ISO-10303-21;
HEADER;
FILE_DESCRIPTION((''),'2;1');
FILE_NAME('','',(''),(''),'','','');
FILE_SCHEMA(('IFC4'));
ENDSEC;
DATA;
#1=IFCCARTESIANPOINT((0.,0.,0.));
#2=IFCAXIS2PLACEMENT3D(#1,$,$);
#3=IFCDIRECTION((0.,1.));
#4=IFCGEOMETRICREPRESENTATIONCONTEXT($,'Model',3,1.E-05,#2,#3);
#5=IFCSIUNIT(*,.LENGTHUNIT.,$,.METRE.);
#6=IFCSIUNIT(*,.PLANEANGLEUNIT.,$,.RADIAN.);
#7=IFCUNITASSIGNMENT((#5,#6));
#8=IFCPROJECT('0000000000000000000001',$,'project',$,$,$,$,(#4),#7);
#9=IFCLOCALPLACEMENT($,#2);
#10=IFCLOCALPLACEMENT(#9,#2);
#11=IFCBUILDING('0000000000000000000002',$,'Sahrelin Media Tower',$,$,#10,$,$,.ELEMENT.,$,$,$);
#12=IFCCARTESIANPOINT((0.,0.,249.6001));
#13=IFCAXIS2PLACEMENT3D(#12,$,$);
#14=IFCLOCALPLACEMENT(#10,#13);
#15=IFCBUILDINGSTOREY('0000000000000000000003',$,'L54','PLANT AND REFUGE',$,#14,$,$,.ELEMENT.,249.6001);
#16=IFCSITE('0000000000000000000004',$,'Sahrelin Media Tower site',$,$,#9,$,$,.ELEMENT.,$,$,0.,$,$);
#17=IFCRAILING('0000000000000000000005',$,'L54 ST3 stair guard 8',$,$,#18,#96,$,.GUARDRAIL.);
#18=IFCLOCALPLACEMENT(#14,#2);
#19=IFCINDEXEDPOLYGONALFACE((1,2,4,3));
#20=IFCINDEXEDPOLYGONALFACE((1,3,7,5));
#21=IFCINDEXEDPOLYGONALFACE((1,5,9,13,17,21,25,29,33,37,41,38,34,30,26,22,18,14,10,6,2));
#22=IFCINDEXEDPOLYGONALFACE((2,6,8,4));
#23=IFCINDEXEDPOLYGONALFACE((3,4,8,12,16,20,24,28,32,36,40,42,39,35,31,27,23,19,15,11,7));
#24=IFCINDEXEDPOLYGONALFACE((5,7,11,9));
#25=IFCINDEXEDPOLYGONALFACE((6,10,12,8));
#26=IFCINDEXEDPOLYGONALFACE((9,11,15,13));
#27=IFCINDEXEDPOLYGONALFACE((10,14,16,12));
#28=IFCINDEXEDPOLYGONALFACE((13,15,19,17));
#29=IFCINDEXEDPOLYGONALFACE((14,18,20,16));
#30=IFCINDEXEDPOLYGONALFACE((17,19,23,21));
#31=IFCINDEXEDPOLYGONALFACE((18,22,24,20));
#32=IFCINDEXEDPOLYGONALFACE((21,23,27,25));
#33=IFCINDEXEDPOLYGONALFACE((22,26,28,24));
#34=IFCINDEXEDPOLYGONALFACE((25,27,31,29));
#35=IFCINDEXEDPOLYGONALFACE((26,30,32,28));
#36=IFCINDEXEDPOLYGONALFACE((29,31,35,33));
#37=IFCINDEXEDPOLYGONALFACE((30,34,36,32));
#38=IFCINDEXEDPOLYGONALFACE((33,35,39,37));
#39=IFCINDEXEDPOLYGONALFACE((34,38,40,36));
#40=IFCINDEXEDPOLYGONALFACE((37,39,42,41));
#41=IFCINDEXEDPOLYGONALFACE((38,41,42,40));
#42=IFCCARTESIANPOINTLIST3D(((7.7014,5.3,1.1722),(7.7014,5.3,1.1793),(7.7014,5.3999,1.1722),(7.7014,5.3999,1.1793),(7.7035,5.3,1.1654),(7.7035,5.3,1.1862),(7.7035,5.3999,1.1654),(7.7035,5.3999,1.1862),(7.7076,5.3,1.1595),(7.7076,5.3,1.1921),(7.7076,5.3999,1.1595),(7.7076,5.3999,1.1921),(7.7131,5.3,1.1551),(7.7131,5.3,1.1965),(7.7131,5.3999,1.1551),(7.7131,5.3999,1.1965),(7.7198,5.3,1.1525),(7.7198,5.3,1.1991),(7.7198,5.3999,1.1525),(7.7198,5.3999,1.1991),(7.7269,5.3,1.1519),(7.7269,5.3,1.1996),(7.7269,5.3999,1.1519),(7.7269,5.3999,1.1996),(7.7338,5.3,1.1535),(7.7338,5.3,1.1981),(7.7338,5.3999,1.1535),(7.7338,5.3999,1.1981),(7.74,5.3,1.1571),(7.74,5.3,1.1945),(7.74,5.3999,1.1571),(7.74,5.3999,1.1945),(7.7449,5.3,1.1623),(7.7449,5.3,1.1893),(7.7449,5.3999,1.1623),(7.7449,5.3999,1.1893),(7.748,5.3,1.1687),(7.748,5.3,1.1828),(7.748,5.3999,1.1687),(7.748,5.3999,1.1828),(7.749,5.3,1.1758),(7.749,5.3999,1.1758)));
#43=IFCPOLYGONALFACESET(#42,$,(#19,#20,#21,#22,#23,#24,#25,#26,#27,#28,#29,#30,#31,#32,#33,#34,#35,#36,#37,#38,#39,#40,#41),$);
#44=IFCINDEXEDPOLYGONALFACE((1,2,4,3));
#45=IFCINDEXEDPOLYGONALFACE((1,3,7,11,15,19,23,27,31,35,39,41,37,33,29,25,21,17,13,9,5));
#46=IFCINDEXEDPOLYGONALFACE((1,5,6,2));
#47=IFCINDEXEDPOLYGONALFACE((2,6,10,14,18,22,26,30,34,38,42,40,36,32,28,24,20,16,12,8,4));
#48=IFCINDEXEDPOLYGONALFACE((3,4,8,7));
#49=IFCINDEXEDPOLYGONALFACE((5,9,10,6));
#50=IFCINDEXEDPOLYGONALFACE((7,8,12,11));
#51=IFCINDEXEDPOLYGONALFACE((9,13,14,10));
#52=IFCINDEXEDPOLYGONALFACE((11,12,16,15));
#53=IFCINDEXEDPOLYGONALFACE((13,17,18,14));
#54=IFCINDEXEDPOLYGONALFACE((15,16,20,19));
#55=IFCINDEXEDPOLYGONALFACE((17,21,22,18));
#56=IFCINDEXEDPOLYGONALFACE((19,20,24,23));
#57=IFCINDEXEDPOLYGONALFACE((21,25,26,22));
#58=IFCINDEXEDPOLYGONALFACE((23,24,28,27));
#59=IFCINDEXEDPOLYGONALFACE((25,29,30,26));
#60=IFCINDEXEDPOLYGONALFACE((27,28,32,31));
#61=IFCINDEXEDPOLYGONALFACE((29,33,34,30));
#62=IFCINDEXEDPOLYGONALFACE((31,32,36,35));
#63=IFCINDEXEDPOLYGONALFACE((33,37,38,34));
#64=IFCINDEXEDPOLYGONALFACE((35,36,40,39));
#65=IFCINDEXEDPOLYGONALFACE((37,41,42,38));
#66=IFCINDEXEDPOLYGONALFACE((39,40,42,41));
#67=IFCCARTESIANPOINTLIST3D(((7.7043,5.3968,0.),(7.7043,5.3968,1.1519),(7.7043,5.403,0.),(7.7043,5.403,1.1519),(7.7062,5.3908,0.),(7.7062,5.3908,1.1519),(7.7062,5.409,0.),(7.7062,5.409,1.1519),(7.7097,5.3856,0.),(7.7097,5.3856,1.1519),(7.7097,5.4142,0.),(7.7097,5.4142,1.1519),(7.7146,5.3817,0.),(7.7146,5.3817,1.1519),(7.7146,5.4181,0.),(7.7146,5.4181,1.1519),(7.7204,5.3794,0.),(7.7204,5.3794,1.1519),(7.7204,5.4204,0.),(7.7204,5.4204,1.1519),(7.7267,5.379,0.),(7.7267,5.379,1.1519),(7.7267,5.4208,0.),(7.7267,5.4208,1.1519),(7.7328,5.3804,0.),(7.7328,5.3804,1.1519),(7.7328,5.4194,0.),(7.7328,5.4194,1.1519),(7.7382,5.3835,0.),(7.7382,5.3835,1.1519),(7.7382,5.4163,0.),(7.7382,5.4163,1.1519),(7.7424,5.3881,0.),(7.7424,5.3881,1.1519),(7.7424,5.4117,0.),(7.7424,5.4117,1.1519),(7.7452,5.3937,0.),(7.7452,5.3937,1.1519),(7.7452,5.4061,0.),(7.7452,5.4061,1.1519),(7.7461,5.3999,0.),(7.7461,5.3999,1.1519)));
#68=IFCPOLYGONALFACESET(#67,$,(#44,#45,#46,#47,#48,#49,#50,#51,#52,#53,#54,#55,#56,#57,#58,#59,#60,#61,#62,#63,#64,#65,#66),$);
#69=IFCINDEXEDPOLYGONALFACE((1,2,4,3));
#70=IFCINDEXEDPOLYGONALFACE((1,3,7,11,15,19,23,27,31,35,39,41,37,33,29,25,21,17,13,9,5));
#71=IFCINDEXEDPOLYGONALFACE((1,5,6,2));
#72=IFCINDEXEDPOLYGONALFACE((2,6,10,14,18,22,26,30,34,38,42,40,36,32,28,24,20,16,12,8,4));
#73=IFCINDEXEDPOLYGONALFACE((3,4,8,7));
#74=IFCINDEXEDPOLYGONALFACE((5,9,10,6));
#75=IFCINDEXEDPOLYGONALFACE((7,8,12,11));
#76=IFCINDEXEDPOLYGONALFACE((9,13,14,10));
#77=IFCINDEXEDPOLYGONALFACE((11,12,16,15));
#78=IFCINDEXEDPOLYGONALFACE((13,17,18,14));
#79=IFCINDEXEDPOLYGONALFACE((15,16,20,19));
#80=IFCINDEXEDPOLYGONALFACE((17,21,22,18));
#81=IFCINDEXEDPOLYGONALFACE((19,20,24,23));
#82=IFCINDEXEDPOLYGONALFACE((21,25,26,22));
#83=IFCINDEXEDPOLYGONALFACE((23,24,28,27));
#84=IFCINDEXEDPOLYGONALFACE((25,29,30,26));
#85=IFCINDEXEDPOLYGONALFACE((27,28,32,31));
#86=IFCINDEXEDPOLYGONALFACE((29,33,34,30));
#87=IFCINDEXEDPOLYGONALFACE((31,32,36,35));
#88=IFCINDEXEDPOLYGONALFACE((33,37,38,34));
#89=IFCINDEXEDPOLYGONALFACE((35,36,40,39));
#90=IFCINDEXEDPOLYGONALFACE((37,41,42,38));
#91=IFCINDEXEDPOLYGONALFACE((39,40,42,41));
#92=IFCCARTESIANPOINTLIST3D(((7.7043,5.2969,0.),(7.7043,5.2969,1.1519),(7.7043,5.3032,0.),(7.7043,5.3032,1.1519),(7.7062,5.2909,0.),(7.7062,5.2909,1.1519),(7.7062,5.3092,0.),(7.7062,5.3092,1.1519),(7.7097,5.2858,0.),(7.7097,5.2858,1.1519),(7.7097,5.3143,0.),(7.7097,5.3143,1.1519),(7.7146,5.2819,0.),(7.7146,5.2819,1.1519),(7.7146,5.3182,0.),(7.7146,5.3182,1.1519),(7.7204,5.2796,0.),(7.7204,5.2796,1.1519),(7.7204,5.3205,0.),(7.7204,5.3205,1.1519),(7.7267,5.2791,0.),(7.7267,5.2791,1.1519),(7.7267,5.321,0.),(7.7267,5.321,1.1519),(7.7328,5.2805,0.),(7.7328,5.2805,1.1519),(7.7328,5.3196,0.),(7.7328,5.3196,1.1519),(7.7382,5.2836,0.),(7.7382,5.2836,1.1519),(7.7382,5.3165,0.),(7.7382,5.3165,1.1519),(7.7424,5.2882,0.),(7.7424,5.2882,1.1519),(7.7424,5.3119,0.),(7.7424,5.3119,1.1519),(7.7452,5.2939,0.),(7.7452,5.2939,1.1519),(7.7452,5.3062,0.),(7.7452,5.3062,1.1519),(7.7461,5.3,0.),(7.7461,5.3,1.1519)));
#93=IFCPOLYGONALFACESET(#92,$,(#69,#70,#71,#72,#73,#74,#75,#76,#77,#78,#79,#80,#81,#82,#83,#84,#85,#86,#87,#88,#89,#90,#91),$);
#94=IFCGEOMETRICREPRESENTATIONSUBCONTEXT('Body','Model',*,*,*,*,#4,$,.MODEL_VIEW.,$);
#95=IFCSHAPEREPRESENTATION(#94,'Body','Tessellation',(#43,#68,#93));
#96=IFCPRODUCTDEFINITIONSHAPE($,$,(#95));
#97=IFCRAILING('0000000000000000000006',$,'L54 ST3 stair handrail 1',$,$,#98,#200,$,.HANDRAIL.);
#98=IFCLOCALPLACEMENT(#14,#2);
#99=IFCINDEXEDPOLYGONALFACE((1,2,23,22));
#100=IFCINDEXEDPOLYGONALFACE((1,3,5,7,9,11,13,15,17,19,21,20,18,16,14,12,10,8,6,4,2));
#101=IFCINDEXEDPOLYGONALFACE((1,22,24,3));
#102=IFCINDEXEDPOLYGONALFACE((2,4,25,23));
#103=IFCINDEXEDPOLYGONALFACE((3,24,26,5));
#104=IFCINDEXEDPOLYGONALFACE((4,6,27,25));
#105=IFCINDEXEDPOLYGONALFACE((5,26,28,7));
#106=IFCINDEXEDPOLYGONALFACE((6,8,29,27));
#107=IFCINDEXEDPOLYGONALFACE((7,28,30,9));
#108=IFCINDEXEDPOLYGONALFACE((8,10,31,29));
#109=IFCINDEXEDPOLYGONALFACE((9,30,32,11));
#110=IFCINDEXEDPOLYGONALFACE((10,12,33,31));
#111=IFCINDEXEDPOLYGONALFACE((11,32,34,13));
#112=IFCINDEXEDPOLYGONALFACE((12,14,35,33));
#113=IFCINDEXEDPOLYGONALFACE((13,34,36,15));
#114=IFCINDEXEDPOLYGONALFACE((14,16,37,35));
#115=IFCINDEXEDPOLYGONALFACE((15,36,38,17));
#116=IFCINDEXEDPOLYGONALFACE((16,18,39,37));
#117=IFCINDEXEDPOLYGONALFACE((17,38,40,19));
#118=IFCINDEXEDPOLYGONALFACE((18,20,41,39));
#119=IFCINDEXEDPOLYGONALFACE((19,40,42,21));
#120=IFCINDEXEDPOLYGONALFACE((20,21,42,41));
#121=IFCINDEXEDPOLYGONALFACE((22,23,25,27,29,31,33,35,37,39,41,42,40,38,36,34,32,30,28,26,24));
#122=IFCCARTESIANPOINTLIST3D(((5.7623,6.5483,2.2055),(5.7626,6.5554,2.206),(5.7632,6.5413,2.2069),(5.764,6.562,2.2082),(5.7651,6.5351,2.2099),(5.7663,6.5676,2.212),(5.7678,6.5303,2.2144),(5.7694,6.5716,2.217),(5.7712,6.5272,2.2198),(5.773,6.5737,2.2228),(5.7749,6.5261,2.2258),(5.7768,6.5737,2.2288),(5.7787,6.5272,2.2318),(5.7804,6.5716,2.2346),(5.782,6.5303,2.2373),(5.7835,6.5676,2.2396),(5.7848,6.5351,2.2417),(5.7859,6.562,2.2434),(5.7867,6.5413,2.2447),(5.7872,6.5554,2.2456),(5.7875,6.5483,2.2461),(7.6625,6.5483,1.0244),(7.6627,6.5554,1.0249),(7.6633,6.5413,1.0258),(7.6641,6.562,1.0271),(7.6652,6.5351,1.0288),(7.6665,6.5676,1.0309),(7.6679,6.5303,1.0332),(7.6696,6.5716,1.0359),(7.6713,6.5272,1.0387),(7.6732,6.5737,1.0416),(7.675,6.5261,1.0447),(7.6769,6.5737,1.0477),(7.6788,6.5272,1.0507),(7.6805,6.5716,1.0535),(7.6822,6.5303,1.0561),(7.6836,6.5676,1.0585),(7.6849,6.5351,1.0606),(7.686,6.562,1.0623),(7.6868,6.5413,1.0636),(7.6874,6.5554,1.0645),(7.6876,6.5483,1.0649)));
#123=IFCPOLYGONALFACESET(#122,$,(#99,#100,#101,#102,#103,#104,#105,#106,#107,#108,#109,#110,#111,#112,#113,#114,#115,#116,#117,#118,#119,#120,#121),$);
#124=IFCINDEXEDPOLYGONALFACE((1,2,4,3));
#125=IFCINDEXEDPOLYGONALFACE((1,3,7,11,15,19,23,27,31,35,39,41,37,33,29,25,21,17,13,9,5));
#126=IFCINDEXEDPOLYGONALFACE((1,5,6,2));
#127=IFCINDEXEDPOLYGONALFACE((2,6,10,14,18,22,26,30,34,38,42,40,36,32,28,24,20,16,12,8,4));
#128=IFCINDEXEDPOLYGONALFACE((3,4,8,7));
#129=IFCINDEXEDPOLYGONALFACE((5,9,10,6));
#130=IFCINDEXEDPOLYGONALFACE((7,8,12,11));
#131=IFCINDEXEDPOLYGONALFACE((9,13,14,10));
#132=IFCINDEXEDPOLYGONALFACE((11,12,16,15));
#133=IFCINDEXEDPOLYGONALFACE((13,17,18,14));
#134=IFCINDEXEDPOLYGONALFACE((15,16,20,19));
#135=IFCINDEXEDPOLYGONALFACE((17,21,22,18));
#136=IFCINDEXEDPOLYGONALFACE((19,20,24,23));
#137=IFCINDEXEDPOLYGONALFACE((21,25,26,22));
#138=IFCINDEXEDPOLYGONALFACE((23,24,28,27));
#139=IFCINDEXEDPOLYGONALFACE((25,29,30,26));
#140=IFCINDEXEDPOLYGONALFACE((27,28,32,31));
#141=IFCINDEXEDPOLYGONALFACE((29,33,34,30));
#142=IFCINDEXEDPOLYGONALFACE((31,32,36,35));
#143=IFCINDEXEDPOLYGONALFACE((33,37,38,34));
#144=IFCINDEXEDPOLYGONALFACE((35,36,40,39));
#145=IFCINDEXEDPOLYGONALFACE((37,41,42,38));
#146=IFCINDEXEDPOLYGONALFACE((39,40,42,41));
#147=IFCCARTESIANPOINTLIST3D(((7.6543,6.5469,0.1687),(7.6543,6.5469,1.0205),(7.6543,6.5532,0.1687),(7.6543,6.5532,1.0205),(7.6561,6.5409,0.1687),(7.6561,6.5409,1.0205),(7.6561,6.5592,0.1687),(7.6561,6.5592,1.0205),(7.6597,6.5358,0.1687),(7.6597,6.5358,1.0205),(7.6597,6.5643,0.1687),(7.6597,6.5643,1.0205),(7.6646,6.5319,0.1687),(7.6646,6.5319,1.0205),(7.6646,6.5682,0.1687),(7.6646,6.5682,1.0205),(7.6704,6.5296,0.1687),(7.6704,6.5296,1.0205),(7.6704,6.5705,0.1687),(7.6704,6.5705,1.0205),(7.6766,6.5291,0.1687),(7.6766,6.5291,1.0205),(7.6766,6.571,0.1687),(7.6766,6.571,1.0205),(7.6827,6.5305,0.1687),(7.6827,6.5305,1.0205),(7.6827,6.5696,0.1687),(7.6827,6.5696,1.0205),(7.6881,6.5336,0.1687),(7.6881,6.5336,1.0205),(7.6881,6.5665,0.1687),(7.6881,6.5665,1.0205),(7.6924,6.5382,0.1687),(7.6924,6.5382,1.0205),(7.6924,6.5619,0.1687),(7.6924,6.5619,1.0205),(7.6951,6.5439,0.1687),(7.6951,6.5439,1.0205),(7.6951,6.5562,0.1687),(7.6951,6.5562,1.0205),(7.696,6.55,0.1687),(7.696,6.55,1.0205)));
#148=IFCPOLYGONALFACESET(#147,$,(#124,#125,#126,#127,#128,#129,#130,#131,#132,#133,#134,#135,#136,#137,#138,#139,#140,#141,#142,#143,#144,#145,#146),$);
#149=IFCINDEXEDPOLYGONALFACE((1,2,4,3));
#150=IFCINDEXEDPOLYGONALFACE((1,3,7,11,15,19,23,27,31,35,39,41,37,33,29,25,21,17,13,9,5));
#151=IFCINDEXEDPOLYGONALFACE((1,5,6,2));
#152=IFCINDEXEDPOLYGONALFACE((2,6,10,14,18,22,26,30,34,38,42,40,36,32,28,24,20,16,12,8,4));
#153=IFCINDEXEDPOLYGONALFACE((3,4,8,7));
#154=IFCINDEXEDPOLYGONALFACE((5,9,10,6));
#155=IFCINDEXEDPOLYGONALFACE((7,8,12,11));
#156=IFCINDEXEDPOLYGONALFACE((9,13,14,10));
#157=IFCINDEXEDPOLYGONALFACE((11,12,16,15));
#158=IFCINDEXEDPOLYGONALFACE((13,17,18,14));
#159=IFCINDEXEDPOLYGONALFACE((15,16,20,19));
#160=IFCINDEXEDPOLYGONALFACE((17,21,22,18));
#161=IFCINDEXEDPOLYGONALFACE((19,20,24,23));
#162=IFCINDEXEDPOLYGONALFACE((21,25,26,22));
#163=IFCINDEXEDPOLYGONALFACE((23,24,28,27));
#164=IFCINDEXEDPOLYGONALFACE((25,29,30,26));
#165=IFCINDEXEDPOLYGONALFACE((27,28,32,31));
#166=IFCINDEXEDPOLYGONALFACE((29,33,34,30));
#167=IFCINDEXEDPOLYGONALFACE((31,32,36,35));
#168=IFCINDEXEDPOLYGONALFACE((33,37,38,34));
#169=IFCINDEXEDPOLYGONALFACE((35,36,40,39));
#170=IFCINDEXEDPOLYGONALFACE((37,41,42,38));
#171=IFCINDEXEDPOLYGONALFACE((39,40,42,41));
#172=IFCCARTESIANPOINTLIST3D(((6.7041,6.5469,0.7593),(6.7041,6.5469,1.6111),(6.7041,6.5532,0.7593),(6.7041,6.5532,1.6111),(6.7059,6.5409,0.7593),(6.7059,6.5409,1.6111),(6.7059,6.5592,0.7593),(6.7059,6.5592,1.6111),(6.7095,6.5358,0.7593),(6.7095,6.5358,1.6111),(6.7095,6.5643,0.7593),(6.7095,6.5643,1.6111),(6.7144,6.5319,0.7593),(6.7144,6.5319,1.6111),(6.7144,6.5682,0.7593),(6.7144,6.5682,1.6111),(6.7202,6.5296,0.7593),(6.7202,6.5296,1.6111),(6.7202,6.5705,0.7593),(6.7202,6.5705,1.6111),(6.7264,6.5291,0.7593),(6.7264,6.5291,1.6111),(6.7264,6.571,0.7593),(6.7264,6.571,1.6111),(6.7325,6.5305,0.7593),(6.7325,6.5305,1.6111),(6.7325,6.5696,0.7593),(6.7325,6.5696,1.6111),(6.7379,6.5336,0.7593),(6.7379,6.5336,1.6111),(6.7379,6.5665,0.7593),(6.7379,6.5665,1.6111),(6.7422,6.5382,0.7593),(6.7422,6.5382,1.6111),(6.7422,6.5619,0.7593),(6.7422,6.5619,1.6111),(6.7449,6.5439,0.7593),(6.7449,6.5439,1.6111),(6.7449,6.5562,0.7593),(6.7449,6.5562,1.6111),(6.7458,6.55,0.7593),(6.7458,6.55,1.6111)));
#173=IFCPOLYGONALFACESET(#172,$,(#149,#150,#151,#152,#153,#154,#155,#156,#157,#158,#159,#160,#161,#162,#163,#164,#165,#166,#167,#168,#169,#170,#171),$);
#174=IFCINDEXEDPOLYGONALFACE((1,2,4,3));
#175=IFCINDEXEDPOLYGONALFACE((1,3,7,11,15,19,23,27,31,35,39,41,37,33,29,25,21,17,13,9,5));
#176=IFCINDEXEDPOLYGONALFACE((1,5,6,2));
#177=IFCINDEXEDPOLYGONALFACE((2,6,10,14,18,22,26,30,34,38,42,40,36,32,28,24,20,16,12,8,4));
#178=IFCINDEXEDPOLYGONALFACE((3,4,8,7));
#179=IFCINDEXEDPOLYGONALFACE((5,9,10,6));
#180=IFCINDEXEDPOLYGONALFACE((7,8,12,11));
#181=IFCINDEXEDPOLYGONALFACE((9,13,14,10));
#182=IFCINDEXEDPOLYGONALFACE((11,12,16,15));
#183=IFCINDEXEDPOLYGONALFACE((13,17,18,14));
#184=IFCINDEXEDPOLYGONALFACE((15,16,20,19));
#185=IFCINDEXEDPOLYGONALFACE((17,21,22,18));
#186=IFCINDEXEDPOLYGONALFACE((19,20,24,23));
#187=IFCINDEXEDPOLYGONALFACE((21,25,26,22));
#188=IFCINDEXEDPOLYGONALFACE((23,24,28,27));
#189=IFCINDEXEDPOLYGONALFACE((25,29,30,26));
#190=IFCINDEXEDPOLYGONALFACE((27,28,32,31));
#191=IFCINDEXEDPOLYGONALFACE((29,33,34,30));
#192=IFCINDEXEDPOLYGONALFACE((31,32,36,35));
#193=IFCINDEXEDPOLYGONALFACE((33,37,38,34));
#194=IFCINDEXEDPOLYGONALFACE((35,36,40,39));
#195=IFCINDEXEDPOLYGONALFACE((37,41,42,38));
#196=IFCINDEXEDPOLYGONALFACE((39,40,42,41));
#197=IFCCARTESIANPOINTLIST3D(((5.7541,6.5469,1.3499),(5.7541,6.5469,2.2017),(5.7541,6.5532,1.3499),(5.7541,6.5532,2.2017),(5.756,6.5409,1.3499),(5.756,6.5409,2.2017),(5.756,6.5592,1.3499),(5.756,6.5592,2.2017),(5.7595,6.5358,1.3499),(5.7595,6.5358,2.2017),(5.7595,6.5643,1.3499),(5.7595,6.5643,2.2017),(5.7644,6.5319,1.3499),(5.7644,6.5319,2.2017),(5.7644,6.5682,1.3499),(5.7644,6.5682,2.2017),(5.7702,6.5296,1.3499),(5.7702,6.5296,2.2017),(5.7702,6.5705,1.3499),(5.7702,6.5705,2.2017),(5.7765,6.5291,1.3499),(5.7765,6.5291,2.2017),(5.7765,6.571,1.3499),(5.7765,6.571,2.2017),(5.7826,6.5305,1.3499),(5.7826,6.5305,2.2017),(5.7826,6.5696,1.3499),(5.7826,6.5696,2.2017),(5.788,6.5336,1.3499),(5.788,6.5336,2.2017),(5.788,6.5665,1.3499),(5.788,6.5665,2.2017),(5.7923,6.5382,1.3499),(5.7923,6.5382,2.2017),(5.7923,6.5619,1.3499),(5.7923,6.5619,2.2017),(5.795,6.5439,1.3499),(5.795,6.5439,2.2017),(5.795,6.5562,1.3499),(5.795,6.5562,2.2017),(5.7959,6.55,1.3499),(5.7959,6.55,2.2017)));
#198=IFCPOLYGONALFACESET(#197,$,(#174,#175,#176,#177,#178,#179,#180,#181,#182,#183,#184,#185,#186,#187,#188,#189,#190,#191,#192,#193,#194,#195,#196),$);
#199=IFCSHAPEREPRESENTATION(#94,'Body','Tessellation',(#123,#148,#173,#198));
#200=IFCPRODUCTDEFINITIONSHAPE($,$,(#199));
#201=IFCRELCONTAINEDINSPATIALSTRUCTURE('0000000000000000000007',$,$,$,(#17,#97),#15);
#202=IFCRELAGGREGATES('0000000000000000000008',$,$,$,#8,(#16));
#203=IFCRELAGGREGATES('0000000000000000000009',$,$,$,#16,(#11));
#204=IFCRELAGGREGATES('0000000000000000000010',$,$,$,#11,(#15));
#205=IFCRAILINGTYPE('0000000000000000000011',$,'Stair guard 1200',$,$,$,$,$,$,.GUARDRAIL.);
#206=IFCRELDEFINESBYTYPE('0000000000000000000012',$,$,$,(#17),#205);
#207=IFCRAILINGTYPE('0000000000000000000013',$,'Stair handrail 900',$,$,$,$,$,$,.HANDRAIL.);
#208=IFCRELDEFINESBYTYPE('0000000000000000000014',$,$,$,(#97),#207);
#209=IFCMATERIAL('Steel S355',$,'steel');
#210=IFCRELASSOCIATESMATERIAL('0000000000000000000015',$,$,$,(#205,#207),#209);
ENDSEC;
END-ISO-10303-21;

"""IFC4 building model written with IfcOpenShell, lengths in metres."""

from ifc_helpers import new_model, si_unit, direction, frame, origin, origin_2d, place, context, subcontext, project, spatial, circle, extrude, material, type_object, element, save


model = new_model("IFC4")

# Units and contexts
model_context = context("Model", 3, precision=1e-05, world=origin(), true_north=direction((0.0, 1.0)))
body_context = subcontext(model_context, "Body", "Model", "MODEL_VIEW")
ifc_project = project(units=[si_unit("LENGTHUNIT", "METRE"), si_unit("PLANEANGLEUNIT", "RADIAN")], contexts=[model_context])

# Site, building, storey
site_placement = place(None, origin())
site = spatial("IfcSite", under=ifc_project, at=site_placement, Name="Sahrelin Media Tower site", CompositionType="ELEMENT", RefElevation=0.0)
building_placement = place(site_placement, origin())
building = spatial("IfcBuilding", under=site, at=building_placement, Name="Sahrelin Media Tower", CompositionType="ELEMENT")
storey_placement = place(building_placement, frame((0.0, 0.0, 249.6001)))
storey = spatial("IfcBuildingStorey", under=building, at=storey_placement, Name="L54", Description="PLANT AND REFUGE", CompositionType="ELEMENT", Elevation=249.6001)

# Shared definitions
ifc_material_1 = material(Name="Steel S355", Category="steel")

# Railings
railing_type_1 = type_object("IfcRailingType", Name="Stair guard 1200", PredefinedType="GUARDRAIL", material=ifc_material_1)
for number, where, name in (
    (1, (7.7251, 5.3999, 0.0), "L54 ST3 stair guard 8"),
):
    element("IfcRailing", number, at=place(storey_placement, frame(where)), inside=storey, type_object=railing_type_1, Name=name, PredefinedType="GUARDRAIL", context=body_context, shape_type="SweptSolid", body=[
        extrude(circle(Radius=0.0239, at=origin_2d()), frame((0.0, 0.0, 1.1758), z_axis=(0.0, -1.0, 0.0), x_axis=(1.0, 0.0, 0.0)), (0.0, 0.0, 1.0), 0.0999),
        extrude(circle(Radius=0.021, at=origin_2d()), origin(), (0.0, 0.0, 1.0), 1.1519),
        extrude(circle(Radius=0.021, at=origin_2d()), frame((0.0, -0.0999, 0.0)), (0.0, 0.0, 1.0), 1.1519),
    ])
railing_type_2 = type_object("IfcRailingType", Name="Stair handrail 900", PredefinedType="HANDRAIL", material=ifc_material_1)
for number, where, name in (
    (2, (7.675, 6.55, 0.1687), "L54 ST3 stair handrail 1"),
):
    element("IfcRailing", number, at=place(storey_placement, frame(where)), inside=storey, type_object=railing_type_2, Name=name, PredefinedType="HANDRAIL", context=body_context, shape_type="SweptSolid", body=[
        extrude(circle(Radius=0.0239, at=origin_2d()), frame((0.0, 0.0, 0.876), z_axis=(-0.849289, 0.0, 0.527928), x_axis=(0.0, -1.0, 0.0)), (0.0, 0.0, 1.0), 2.2373),
        extrude(circle(Radius=0.021, at=origin_2d()), origin(), (0.0, 0.0, 1.0), 0.8518),
        extrude(circle(Radius=0.021, at=origin_2d()), frame((-0.9502, 0.0, 0.5906)), (0.0, 0.0, 1.0), 0.8518),
        extrude(circle(Radius=0.021, at=origin_2d()), frame((-1.9001, 0.0, 1.1812)), (0.0, 0.0, 1.0), 0.8518),
    ])

save(model, "model.ifc")
